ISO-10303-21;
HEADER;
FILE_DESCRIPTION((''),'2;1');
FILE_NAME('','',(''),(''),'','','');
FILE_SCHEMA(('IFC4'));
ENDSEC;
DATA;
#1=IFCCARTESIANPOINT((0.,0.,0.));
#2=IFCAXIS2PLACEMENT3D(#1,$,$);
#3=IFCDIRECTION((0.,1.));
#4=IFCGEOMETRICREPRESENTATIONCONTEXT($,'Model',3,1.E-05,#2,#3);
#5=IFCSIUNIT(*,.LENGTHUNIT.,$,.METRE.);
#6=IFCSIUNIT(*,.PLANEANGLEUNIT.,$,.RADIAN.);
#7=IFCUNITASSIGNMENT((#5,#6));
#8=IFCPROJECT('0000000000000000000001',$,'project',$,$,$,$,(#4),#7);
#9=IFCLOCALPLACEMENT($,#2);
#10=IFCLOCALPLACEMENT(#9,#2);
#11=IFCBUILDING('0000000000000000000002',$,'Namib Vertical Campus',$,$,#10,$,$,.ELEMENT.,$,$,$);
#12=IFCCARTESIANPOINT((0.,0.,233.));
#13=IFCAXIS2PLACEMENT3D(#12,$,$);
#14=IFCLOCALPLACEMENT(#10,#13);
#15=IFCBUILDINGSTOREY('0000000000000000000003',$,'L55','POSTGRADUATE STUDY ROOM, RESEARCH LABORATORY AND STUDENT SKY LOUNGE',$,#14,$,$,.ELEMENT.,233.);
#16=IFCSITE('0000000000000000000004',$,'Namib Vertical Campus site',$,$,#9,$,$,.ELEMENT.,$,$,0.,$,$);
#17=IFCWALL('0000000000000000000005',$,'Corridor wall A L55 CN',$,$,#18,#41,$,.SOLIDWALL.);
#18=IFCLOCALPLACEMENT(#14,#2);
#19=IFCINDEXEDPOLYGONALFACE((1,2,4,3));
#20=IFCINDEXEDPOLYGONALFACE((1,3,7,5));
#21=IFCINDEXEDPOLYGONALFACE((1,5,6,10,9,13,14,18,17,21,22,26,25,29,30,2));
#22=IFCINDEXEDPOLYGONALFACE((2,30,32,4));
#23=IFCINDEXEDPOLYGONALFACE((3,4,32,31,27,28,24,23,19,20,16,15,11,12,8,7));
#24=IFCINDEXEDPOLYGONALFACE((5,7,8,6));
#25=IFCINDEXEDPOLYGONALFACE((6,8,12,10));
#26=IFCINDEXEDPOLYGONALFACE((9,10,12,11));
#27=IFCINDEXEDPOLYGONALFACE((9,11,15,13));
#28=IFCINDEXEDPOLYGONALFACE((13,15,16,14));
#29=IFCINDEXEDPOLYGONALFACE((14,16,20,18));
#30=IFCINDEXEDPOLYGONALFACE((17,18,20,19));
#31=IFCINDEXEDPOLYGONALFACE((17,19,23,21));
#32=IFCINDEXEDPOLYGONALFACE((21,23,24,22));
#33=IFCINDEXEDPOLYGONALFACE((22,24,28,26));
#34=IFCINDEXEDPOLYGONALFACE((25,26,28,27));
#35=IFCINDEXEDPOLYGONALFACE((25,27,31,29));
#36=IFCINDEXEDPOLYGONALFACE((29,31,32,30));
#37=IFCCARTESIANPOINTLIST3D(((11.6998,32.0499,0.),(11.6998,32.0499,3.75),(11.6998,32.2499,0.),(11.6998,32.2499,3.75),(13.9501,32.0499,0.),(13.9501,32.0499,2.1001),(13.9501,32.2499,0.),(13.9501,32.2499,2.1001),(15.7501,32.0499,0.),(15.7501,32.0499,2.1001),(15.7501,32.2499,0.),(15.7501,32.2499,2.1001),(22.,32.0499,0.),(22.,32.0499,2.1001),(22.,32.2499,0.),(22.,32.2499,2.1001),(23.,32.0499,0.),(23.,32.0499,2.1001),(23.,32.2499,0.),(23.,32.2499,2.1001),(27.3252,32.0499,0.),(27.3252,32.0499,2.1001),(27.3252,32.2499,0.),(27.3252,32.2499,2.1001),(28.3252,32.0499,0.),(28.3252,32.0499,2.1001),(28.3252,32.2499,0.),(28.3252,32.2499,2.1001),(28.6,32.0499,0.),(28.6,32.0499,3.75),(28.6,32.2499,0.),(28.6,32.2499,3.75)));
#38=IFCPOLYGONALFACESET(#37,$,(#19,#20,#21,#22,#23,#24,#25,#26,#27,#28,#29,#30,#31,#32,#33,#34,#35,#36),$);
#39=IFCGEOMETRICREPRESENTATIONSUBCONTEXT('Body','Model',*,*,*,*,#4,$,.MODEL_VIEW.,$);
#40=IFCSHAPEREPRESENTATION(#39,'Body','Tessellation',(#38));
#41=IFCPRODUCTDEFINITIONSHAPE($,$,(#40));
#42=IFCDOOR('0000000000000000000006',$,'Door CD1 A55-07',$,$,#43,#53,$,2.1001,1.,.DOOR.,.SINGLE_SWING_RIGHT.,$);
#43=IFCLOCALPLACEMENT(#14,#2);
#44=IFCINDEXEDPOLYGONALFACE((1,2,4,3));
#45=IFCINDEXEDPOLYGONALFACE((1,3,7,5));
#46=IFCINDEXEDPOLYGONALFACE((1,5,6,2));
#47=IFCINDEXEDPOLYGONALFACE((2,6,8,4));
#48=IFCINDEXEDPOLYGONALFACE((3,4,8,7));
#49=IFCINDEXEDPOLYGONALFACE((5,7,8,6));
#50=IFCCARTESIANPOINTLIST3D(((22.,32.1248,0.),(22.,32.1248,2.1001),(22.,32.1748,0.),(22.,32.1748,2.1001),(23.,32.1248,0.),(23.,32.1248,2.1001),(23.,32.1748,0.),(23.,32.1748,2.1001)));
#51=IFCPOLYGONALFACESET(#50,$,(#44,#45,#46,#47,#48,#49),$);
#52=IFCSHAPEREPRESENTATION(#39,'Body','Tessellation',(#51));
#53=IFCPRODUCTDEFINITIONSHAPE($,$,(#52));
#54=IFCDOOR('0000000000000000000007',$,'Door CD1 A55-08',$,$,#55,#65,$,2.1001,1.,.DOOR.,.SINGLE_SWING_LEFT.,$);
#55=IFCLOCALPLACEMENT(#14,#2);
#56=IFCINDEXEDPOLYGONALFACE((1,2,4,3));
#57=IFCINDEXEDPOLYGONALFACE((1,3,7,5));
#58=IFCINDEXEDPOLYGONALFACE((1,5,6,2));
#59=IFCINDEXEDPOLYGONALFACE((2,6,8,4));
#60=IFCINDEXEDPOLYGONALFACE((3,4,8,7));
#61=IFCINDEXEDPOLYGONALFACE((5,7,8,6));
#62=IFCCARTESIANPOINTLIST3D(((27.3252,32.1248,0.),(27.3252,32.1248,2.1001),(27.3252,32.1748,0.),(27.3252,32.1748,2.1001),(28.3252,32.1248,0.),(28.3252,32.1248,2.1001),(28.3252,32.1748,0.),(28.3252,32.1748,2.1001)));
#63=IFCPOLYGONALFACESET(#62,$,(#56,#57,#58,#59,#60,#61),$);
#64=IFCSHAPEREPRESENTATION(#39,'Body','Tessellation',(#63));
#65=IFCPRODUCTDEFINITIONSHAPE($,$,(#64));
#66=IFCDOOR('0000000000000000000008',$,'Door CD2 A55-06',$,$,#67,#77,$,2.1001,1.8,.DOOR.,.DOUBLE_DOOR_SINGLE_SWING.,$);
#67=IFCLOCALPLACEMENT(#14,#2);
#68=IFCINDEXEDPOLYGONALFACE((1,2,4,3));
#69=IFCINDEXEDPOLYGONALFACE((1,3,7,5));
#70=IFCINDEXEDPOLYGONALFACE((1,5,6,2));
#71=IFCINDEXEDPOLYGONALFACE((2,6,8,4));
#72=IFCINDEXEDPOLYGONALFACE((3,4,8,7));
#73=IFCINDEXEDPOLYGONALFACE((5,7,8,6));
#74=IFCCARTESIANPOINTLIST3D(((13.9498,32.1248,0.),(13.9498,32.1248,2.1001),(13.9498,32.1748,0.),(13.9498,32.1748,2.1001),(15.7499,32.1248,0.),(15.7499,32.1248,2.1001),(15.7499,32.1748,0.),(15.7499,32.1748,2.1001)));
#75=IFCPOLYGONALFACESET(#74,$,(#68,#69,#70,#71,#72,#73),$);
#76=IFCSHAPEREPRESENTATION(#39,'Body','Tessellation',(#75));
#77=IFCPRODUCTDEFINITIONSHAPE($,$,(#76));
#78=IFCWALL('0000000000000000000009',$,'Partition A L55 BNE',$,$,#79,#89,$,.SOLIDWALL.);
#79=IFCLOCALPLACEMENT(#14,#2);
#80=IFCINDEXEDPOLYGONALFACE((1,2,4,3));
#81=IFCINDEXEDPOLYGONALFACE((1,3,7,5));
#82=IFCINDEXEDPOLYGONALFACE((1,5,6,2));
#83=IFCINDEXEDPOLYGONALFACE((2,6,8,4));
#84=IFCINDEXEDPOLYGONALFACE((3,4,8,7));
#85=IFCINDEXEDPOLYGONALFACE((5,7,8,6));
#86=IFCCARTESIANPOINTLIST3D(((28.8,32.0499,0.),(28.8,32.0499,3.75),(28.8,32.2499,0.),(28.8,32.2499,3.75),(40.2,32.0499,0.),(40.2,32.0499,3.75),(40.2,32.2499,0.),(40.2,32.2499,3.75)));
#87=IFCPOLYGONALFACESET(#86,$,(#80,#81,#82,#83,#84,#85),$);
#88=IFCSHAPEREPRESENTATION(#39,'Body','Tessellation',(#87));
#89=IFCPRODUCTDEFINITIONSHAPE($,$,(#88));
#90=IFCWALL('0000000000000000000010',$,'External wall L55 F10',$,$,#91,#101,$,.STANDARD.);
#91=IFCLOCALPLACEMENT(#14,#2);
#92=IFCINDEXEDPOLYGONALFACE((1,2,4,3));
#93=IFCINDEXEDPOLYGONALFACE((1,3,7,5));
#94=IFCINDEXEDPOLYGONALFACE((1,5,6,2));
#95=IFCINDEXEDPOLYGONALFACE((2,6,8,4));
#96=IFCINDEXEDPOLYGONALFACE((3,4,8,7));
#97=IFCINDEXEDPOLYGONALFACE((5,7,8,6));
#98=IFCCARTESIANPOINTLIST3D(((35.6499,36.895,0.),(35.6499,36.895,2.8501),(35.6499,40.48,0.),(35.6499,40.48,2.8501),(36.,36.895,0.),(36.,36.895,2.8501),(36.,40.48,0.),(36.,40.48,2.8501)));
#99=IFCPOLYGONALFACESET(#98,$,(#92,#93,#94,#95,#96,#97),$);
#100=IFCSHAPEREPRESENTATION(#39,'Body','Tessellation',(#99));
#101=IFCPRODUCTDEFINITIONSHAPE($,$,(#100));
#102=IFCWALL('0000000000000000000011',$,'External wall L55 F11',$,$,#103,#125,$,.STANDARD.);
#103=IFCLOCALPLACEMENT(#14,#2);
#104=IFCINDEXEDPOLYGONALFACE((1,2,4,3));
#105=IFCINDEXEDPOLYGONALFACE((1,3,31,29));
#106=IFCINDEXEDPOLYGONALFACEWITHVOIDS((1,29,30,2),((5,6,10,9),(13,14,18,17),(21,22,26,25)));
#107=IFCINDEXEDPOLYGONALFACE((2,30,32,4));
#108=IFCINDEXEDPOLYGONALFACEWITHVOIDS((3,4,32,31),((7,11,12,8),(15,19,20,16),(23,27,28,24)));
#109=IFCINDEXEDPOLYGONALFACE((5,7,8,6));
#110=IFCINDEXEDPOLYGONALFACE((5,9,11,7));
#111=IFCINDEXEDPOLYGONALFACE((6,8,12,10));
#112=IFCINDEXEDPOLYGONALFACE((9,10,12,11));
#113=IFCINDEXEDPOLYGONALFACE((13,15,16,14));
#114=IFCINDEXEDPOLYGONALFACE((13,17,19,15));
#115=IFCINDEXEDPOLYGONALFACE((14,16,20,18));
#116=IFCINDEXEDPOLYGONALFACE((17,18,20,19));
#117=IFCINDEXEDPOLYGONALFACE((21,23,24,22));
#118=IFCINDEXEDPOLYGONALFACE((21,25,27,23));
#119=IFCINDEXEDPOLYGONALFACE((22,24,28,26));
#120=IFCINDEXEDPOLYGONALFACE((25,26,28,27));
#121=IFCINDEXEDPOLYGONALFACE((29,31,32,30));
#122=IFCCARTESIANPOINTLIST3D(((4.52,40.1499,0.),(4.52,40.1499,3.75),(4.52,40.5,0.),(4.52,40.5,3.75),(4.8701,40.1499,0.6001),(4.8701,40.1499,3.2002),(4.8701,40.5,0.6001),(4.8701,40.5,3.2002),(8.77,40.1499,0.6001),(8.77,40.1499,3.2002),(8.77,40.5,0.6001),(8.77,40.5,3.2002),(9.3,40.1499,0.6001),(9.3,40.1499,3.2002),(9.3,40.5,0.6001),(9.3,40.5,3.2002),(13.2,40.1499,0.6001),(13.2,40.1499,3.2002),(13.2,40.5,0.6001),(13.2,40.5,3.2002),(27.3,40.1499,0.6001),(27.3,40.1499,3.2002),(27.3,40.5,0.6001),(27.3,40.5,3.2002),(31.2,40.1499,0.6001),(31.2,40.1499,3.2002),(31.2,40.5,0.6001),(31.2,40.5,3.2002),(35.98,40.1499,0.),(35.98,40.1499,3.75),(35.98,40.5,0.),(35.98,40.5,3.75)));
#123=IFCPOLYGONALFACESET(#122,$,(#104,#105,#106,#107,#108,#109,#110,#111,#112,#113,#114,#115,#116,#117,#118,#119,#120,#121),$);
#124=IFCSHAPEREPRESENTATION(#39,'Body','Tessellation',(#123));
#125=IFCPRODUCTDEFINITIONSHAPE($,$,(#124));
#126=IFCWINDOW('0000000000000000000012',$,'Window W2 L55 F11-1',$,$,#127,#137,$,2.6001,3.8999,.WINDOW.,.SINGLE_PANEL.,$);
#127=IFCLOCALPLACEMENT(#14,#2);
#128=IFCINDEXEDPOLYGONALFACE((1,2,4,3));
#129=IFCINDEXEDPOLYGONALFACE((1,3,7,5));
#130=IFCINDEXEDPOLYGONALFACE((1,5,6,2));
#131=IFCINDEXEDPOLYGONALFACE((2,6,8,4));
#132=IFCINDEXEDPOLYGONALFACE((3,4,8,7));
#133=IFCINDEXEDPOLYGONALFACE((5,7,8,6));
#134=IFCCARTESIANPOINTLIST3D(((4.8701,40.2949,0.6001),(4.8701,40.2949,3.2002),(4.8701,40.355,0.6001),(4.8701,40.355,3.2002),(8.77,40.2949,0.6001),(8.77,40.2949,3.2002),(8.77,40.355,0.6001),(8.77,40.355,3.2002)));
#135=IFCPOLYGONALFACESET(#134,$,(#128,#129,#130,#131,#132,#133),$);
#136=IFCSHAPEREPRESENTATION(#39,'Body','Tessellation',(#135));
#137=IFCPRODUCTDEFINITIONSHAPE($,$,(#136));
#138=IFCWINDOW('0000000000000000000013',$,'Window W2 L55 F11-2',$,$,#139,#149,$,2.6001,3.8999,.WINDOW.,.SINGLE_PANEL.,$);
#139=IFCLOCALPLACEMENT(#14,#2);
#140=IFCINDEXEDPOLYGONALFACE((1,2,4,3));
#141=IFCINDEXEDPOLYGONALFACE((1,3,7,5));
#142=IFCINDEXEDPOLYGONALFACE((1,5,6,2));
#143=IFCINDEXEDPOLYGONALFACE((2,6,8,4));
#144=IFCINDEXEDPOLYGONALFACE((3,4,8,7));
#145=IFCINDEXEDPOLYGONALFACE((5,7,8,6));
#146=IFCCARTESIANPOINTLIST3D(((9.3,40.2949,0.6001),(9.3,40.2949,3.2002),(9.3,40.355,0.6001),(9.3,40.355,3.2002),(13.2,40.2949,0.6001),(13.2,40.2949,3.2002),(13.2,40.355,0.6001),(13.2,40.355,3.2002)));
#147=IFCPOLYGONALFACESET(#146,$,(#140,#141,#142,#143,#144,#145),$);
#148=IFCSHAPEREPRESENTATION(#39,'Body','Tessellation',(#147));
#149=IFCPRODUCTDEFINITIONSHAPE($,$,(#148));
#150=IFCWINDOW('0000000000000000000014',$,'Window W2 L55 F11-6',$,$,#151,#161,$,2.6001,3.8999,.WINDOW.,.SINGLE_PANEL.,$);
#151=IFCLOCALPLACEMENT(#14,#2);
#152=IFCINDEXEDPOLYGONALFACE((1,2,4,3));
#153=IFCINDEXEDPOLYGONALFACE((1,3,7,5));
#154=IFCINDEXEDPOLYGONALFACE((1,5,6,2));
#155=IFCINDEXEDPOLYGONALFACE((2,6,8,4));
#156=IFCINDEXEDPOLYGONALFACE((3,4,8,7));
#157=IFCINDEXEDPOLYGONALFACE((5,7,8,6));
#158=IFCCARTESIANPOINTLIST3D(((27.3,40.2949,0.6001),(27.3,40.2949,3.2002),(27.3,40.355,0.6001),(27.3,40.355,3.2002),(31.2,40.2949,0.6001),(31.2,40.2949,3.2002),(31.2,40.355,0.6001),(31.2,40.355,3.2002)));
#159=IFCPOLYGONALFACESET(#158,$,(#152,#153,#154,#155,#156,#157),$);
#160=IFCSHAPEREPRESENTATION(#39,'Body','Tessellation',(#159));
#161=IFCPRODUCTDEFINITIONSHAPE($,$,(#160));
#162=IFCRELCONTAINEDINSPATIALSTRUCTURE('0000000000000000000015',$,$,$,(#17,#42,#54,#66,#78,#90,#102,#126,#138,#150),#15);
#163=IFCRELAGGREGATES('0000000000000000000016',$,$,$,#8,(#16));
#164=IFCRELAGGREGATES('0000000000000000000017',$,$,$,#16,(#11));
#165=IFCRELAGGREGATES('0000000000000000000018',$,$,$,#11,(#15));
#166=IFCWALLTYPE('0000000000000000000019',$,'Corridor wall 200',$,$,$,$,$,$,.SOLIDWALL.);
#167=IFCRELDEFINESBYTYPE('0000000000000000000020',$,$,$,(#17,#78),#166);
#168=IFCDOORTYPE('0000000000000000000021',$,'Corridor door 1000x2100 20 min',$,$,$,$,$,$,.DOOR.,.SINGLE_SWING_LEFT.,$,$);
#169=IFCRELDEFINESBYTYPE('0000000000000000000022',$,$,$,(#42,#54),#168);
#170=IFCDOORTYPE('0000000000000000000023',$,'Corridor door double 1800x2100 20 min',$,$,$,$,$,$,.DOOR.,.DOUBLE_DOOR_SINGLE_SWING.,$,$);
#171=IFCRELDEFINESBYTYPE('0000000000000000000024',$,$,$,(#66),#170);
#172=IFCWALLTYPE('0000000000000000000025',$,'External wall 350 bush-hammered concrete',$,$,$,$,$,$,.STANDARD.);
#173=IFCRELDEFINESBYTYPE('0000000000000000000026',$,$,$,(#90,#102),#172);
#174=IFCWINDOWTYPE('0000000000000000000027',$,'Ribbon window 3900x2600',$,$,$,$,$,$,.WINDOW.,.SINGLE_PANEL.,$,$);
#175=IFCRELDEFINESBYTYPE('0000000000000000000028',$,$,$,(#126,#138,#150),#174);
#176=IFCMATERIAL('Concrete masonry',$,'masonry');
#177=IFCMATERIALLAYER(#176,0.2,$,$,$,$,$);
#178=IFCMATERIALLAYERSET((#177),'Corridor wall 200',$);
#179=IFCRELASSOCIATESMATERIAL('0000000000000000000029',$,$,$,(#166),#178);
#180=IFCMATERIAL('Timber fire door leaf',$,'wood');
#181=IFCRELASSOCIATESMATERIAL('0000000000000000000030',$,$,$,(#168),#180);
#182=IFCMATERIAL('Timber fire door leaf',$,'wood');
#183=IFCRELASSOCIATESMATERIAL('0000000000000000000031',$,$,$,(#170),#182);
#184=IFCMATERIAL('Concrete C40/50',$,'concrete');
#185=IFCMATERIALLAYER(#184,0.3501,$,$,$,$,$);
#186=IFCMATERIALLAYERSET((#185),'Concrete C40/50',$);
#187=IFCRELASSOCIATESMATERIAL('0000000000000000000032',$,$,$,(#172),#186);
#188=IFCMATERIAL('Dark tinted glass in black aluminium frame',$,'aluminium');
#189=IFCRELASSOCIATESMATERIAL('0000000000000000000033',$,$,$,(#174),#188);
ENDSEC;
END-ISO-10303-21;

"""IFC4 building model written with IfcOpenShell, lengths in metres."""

from ifc_helpers import new_model, si_unit, direction, frame, frame_2d, origin, place, context, subcontext, project, spatial, rectangle, extrude, material, layer, layer_set, type_object, element, fill, save


model = new_model("IFC4")

# Units and contexts
model_context = context("Model", 3, precision=1e-05, world=origin(), true_north=direction((0.0, 1.0)))
body_context = subcontext(model_context, "Body", "Model", "MODEL_VIEW")
ifc_project = project(units=[si_unit("LENGTHUNIT", "METRE"), si_unit("PLANEANGLEUNIT", "RADIAN")], contexts=[model_context])

# Site, building, storey
site_placement = place(None, origin())
site = spatial("IfcSite", under=ifc_project, at=site_placement, Name="Namib Vertical Campus site", CompositionType="ELEMENT", RefElevation=0.0)
building_placement = place(site_placement, origin())
building = spatial("IfcBuilding", under=site, at=building_placement, Name="Namib Vertical Campus", CompositionType="ELEMENT")
storey_placement = place(building_placement, frame((0.0, 0.0, 233.0)))
storey = spatial("IfcBuildingStorey", under=building, at=storey_placement, Name="L55", Description="POSTGRADUATE STUDY ROOM, RESEARCH LABORATORY AND STUDENT SKY LOUNGE", CompositionType="ELEMENT", Elevation=233.0)

# Wall, openings, doors
ifc_material_1 = material(Name="Concrete masonry", Category="masonry")
ifc_layer_1 = layer(ifc_material_1, 0.2)
ifc_layer_set_1 = layer_set([ifc_layer_1], Name="Corridor wall 200")
wall_type_1 = type_object("IfcWallType", Name="Corridor wall 200", PredefinedType="SOLIDWALL", material=ifc_layer_set_1)
wall_1_placement = place(storey_placement, frame((28.6001, 32.1499, 0.0), z_axis=(0.0, 0.0, 1.0), x_axis=(-1.0, 0.0, 0.0)))
wall_1 = element("IfcWall", 1, at=wall_1_placement, inside=storey, type_object=wall_type_1, Name="Corridor wall A L55 CN", PredefinedType="SOLIDWALL", context=body_context, shape_type="SweptSolid", body=[
    extrude(rectangle(XDim=16.9001, YDim=0.2, at=frame_2d((8.4502, 0.0))), origin(), (0.0, 0.0, 1.0), 3.75),
])
opening_1_placement = place(wall_1_placement, frame((12.8501, 0.0, 0.0)))
opening_1 = element("IfcOpeningElement", 2, at=opening_1_placement, cuts=wall_1, PredefinedType="OPENING", context=body_context, shape_type="SweptSolid", body=[
    extrude(rectangle(XDim=1.8, YDim=2.1001, at=frame_2d((0.8999, 1.05))), frame((0.0, 0.1099, 0.0), z_axis=(0.0, -1.0, 0.0), x_axis=(1.0, 0.0, 0.0)), (0.0, 0.0, 1.0), 0.22),
])
opening_2_placement = place(wall_1_placement, frame((5.6001, 0.0, 0.0)))
opening_2 = element("IfcOpeningElement", 3, at=opening_2_placement, cuts=wall_1, PredefinedType="OPENING", context=body_context, shape_type="SweptSolid", body=[
    extrude(rectangle(XDim=1.0, YDim=2.1001, at=frame_2d((0.5, 1.05))), frame((0.0, 0.1099, 0.0), z_axis=(0.0, -1.0, 0.0), x_axis=(1.0, 0.0, 0.0)), (0.0, 0.0, 1.0), 0.22),
])
opening_3_placement = place(wall_1_placement, frame((0.2749, 0.0, 0.0)))
opening_3 = element("IfcOpeningElement", 4, at=opening_3_placement, cuts=wall_1, PredefinedType="OPENING", context=body_context, shape_type="SweptSolid", body=[
    extrude(rectangle(XDim=1.0, YDim=2.1001, at=frame_2d((0.5, 1.05))), frame((0.0, 0.1099, 0.0), z_axis=(0.0, -1.0, 0.0), x_axis=(1.0, 0.0, 0.0)), (0.0, 0.0, 1.0), 0.22),
])
ifc_material_2 = material(Name="Timber fire door leaf", Category="wood")
door_type_1 = type_object("IfcDoorType", Name="Corridor door 1000x2100 20 min", OperationType="SINGLE_SWING_LEFT", PredefinedType="DOOR", material=ifc_material_2)
door_1_placement = place(opening_2_placement, frame((1.0, 0.0, 0.0), z_axis=(0.0, 0.0, 1.0), x_axis=(-1.0, 0.0, 0.0)))
door_1 = element("IfcDoor", 5, at=door_1_placement, inside=storey, type_object=door_type_1, Name="Door CD1 A55-07", OperationType="SINGLE_SWING_RIGHT", OverallHeight=2.1001, OverallWidth=1.0, PredefinedType="DOOR", context=body_context, shape_type="SweptSolid", body=[
    extrude(rectangle(XDim=1.0, YDim=2.1001, at=frame_2d((0.5, 1.05))), frame((0.0, 0.0249, 0.0), z_axis=(0.0, -1.0, 0.0), x_axis=(1.0, 0.0, 0.0)), (0.0, 0.0, 1.0), 0.05),
])
fill(opening_2, door_1)
door_2_placement = place(opening_3_placement, frame((1.0, 0.0, 0.0), z_axis=(0.0, 0.0, 1.0), x_axis=(-1.0, 0.0, 0.0)))
door_2 = element("IfcDoor", 6, at=door_2_placement, inside=storey, type_object=door_type_1, Name="Door CD1 A55-08", OperationType="SINGLE_SWING_LEFT", OverallHeight=2.1001, OverallWidth=1.0, PredefinedType="DOOR", context=body_context, shape_type="SweptSolid", body=[
    extrude(rectangle(XDim=1.0, YDim=2.1001, at=frame_2d((0.5, 1.05))), frame((0.0, 0.0249, 0.0), z_axis=(0.0, -1.0, 0.0), x_axis=(1.0, 0.0, 0.0)), (0.0, 0.0, 1.0), 0.05),
])
fill(opening_3, door_2)
ifc_material_3 = material(Name="Timber fire door leaf", Category="wood")
door_type_2 = type_object("IfcDoorType", Name="Corridor door double 1800x2100 20 min", OperationType="DOUBLE_DOOR_SINGLE_SWING", PredefinedType="DOOR", material=ifc_material_3)
door_3_placement = place(opening_1_placement, frame((1.8, 0.0, 0.0), z_axis=(0.0, 0.0, 1.0), x_axis=(-1.0, 0.0, 0.0)))
door_3 = element("IfcDoor", 7, at=door_3_placement, inside=storey, type_object=door_type_2, Name="Door CD2 A55-06", OperationType="DOUBLE_DOOR_SINGLE_SWING", OverallHeight=2.1001, OverallWidth=1.8, PredefinedType="DOOR", context=body_context, shape_type="SweptSolid", body=[
    extrude(rectangle(XDim=1.8, YDim=2.1001, at=frame_2d((0.8999, 1.05))), frame((0.0, 0.0249, 0.0), z_axis=(0.0, -1.0, 0.0), x_axis=(1.0, 0.0, 0.0)), (0.0, 0.0, 1.0), 0.05),
])
fill(opening_1, door_3)

# Walls
wall_2_placement = place(storey_placement, frame((28.8, 32.1499, 0.0), z_axis=(0.0, 0.0, 1.0), x_axis=(1.0, 0.0, 0.0)))
element("IfcWall", 8, at=wall_2_placement, inside=storey, type_object=wall_type_1, Name="Partition A L55 BNE", PredefinedType="SOLIDWALL", context=body_context, shape_type="SweptSolid", body=[
    extrude(rectangle(XDim=11.3999, YDim=0.2, at=frame_2d((5.7, 0.0))), origin(), (0.0, 0.0, 1.0), 3.75),
])
ifc_material_4 = material(Name="Concrete C40/50", Category="concrete")
ifc_layer_2 = layer(ifc_material_4, 0.3501)
ifc_layer_set_2 = layer_set([ifc_layer_2], Name="Concrete C40/50")
wall_type_2 = type_object("IfcWallType", Name="External wall 350 bush-hammered concrete", PredefinedType="STANDARD", material=ifc_layer_set_2)
wall_3_placement = place(storey_placement, frame((35.825, 36.895, 0.0), z_axis=(0.0, 0.0, 1.0), x_axis=(0.0, 1.0, 0.0)))
element("IfcWall", 9, at=wall_3_placement, inside=storey, type_object=wall_type_2, Name="External wall L55 F10", PredefinedType="STANDARD", context=body_context, shape_type="SweptSolid", body=[
    extrude(rectangle(XDim=3.585, YDim=0.3501, at=frame_2d((1.7925, 0.0))), origin(), (0.0, 0.0, 1.0), 2.8501),
])

# Wall, openings, windows
wall_4_placement = place(storey_placement, frame((35.98, 40.325, 0.0), z_axis=(0.0, 0.0, 1.0), x_axis=(-1.0, 0.0, 0.0)))
wall_4 = element("IfcWall", 10, at=wall_4_placement, inside=storey, type_object=wall_type_2, Name="External wall L55 F11", PredefinedType="STANDARD", context=body_context, shape_type="SweptSolid", body=[
    extrude(rectangle(XDim=31.46, YDim=0.3501, at=frame_2d((15.73, 0.0))), origin(), (0.0, 0.0, 1.0), 3.75),
])
opening_4_placement = place(wall_4_placement, frame((27.21, 0.0, 0.6001)))
opening_4 = element("IfcOpeningElement", 11, at=opening_4_placement, cuts=wall_4, PredefinedType="OPENING", context=body_context, shape_type="SweptSolid", body=[
    extrude(rectangle(XDim=3.8999, YDim=2.6001, at=frame_2d((1.95, 1.3))), frame((0.0, 0.1851, 0.0), z_axis=(0.0, -1.0, 0.0), x_axis=(1.0, 0.0, 0.0)), (0.0, 0.0, 1.0), 0.3701),
])
opening_5_placement = place(wall_4_placement, frame((22.78, 0.0, 0.6001)))
opening_5 = element("IfcOpeningElement", 12, at=opening_5_placement, cuts=wall_4, PredefinedType="OPENING", context=body_context, shape_type="SweptSolid", body=[
    extrude(rectangle(XDim=3.8999, YDim=2.6001, at=frame_2d((1.95, 1.3))), frame((0.0, 0.1851, 0.0), z_axis=(0.0, -1.0, 0.0), x_axis=(1.0, 0.0, 0.0)), (0.0, 0.0, 1.0), 0.3701),
])
opening_6_placement = place(wall_4_placement, frame((4.78, 0.0, 0.6001)))
opening_6 = element("IfcOpeningElement", 13, at=opening_6_placement, cuts=wall_4, PredefinedType="OPENING", context=body_context, shape_type="SweptSolid", body=[
    extrude(rectangle(XDim=3.8999, YDim=2.6001, at=frame_2d((1.95, 1.3))), frame((0.0, 0.1851, 0.0), z_axis=(0.0, -1.0, 0.0), x_axis=(1.0, 0.0, 0.0)), (0.0, 0.0, 1.0), 0.3701),
])
ifc_material_5 = material(Name="Dark tinted glass in black aluminium frame", Category="aluminium")
window_type = type_object("IfcWindowType", Name="Ribbon window 3900x2600", PartitioningType="SINGLE_PANEL", PredefinedType="WINDOW", material=ifc_material_5)
window_1_placement = place(opening_4_placement, origin())
window_1 = element("IfcWindow", 14, at=window_1_placement, inside=storey, type_object=window_type, Name="Window W2 L55 F11-1", OverallHeight=2.6001, OverallWidth=3.8999, PartitioningType="SINGLE_PANEL", PredefinedType="WINDOW", context=body_context, shape_type="SweptSolid", body=[
    extrude(rectangle(XDim=3.8999, YDim=2.6001, at=frame_2d((1.95, 1.3))), frame((0.0, 0.03, 0.0), z_axis=(0.0, -1.0, 0.0), x_axis=(1.0, 0.0, 0.0)), (0.0, 0.0, 1.0), 0.0601),
])
fill(opening_4, window_1)
window_2_placement = place(opening_5_placement, origin())
window_2 = element("IfcWindow", 15, at=window_2_placement, inside=storey, type_object=window_type, Name="Window W2 L55 F11-2", OverallHeight=2.6001, OverallWidth=3.8999, PartitioningType="SINGLE_PANEL", PredefinedType="WINDOW", context=body_context, shape_type="SweptSolid", body=[
    extrude(rectangle(XDim=3.8999, YDim=2.6001, at=frame_2d((1.95, 1.3))), frame((0.0, 0.03, 0.0), z_axis=(0.0, -1.0, 0.0), x_axis=(1.0, 0.0, 0.0)), (0.0, 0.0, 1.0), 0.0601),
])
fill(opening_5, window_2)
window_3_placement = place(opening_6_placement, origin())
window_3 = element("IfcWindow", 16, at=window_3_placement, inside=storey, type_object=window_type, Name="Window W2 L55 F11-6", OverallHeight=2.6001, OverallWidth=3.8999, PartitioningType="SINGLE_PANEL", PredefinedType="WINDOW", context=body_context, shape_type="SweptSolid", body=[
    extrude(rectangle(XDim=3.8999, YDim=2.6001, at=frame_2d((1.95, 1.3))), frame((0.0, 0.03, 0.0), z_axis=(0.0, -1.0, 0.0), x_axis=(1.0, 0.0, 0.0)), (0.0, 0.0, 1.0), 0.0601),
])
fill(opening_6, window_3)

save(model, "model.ifc")
